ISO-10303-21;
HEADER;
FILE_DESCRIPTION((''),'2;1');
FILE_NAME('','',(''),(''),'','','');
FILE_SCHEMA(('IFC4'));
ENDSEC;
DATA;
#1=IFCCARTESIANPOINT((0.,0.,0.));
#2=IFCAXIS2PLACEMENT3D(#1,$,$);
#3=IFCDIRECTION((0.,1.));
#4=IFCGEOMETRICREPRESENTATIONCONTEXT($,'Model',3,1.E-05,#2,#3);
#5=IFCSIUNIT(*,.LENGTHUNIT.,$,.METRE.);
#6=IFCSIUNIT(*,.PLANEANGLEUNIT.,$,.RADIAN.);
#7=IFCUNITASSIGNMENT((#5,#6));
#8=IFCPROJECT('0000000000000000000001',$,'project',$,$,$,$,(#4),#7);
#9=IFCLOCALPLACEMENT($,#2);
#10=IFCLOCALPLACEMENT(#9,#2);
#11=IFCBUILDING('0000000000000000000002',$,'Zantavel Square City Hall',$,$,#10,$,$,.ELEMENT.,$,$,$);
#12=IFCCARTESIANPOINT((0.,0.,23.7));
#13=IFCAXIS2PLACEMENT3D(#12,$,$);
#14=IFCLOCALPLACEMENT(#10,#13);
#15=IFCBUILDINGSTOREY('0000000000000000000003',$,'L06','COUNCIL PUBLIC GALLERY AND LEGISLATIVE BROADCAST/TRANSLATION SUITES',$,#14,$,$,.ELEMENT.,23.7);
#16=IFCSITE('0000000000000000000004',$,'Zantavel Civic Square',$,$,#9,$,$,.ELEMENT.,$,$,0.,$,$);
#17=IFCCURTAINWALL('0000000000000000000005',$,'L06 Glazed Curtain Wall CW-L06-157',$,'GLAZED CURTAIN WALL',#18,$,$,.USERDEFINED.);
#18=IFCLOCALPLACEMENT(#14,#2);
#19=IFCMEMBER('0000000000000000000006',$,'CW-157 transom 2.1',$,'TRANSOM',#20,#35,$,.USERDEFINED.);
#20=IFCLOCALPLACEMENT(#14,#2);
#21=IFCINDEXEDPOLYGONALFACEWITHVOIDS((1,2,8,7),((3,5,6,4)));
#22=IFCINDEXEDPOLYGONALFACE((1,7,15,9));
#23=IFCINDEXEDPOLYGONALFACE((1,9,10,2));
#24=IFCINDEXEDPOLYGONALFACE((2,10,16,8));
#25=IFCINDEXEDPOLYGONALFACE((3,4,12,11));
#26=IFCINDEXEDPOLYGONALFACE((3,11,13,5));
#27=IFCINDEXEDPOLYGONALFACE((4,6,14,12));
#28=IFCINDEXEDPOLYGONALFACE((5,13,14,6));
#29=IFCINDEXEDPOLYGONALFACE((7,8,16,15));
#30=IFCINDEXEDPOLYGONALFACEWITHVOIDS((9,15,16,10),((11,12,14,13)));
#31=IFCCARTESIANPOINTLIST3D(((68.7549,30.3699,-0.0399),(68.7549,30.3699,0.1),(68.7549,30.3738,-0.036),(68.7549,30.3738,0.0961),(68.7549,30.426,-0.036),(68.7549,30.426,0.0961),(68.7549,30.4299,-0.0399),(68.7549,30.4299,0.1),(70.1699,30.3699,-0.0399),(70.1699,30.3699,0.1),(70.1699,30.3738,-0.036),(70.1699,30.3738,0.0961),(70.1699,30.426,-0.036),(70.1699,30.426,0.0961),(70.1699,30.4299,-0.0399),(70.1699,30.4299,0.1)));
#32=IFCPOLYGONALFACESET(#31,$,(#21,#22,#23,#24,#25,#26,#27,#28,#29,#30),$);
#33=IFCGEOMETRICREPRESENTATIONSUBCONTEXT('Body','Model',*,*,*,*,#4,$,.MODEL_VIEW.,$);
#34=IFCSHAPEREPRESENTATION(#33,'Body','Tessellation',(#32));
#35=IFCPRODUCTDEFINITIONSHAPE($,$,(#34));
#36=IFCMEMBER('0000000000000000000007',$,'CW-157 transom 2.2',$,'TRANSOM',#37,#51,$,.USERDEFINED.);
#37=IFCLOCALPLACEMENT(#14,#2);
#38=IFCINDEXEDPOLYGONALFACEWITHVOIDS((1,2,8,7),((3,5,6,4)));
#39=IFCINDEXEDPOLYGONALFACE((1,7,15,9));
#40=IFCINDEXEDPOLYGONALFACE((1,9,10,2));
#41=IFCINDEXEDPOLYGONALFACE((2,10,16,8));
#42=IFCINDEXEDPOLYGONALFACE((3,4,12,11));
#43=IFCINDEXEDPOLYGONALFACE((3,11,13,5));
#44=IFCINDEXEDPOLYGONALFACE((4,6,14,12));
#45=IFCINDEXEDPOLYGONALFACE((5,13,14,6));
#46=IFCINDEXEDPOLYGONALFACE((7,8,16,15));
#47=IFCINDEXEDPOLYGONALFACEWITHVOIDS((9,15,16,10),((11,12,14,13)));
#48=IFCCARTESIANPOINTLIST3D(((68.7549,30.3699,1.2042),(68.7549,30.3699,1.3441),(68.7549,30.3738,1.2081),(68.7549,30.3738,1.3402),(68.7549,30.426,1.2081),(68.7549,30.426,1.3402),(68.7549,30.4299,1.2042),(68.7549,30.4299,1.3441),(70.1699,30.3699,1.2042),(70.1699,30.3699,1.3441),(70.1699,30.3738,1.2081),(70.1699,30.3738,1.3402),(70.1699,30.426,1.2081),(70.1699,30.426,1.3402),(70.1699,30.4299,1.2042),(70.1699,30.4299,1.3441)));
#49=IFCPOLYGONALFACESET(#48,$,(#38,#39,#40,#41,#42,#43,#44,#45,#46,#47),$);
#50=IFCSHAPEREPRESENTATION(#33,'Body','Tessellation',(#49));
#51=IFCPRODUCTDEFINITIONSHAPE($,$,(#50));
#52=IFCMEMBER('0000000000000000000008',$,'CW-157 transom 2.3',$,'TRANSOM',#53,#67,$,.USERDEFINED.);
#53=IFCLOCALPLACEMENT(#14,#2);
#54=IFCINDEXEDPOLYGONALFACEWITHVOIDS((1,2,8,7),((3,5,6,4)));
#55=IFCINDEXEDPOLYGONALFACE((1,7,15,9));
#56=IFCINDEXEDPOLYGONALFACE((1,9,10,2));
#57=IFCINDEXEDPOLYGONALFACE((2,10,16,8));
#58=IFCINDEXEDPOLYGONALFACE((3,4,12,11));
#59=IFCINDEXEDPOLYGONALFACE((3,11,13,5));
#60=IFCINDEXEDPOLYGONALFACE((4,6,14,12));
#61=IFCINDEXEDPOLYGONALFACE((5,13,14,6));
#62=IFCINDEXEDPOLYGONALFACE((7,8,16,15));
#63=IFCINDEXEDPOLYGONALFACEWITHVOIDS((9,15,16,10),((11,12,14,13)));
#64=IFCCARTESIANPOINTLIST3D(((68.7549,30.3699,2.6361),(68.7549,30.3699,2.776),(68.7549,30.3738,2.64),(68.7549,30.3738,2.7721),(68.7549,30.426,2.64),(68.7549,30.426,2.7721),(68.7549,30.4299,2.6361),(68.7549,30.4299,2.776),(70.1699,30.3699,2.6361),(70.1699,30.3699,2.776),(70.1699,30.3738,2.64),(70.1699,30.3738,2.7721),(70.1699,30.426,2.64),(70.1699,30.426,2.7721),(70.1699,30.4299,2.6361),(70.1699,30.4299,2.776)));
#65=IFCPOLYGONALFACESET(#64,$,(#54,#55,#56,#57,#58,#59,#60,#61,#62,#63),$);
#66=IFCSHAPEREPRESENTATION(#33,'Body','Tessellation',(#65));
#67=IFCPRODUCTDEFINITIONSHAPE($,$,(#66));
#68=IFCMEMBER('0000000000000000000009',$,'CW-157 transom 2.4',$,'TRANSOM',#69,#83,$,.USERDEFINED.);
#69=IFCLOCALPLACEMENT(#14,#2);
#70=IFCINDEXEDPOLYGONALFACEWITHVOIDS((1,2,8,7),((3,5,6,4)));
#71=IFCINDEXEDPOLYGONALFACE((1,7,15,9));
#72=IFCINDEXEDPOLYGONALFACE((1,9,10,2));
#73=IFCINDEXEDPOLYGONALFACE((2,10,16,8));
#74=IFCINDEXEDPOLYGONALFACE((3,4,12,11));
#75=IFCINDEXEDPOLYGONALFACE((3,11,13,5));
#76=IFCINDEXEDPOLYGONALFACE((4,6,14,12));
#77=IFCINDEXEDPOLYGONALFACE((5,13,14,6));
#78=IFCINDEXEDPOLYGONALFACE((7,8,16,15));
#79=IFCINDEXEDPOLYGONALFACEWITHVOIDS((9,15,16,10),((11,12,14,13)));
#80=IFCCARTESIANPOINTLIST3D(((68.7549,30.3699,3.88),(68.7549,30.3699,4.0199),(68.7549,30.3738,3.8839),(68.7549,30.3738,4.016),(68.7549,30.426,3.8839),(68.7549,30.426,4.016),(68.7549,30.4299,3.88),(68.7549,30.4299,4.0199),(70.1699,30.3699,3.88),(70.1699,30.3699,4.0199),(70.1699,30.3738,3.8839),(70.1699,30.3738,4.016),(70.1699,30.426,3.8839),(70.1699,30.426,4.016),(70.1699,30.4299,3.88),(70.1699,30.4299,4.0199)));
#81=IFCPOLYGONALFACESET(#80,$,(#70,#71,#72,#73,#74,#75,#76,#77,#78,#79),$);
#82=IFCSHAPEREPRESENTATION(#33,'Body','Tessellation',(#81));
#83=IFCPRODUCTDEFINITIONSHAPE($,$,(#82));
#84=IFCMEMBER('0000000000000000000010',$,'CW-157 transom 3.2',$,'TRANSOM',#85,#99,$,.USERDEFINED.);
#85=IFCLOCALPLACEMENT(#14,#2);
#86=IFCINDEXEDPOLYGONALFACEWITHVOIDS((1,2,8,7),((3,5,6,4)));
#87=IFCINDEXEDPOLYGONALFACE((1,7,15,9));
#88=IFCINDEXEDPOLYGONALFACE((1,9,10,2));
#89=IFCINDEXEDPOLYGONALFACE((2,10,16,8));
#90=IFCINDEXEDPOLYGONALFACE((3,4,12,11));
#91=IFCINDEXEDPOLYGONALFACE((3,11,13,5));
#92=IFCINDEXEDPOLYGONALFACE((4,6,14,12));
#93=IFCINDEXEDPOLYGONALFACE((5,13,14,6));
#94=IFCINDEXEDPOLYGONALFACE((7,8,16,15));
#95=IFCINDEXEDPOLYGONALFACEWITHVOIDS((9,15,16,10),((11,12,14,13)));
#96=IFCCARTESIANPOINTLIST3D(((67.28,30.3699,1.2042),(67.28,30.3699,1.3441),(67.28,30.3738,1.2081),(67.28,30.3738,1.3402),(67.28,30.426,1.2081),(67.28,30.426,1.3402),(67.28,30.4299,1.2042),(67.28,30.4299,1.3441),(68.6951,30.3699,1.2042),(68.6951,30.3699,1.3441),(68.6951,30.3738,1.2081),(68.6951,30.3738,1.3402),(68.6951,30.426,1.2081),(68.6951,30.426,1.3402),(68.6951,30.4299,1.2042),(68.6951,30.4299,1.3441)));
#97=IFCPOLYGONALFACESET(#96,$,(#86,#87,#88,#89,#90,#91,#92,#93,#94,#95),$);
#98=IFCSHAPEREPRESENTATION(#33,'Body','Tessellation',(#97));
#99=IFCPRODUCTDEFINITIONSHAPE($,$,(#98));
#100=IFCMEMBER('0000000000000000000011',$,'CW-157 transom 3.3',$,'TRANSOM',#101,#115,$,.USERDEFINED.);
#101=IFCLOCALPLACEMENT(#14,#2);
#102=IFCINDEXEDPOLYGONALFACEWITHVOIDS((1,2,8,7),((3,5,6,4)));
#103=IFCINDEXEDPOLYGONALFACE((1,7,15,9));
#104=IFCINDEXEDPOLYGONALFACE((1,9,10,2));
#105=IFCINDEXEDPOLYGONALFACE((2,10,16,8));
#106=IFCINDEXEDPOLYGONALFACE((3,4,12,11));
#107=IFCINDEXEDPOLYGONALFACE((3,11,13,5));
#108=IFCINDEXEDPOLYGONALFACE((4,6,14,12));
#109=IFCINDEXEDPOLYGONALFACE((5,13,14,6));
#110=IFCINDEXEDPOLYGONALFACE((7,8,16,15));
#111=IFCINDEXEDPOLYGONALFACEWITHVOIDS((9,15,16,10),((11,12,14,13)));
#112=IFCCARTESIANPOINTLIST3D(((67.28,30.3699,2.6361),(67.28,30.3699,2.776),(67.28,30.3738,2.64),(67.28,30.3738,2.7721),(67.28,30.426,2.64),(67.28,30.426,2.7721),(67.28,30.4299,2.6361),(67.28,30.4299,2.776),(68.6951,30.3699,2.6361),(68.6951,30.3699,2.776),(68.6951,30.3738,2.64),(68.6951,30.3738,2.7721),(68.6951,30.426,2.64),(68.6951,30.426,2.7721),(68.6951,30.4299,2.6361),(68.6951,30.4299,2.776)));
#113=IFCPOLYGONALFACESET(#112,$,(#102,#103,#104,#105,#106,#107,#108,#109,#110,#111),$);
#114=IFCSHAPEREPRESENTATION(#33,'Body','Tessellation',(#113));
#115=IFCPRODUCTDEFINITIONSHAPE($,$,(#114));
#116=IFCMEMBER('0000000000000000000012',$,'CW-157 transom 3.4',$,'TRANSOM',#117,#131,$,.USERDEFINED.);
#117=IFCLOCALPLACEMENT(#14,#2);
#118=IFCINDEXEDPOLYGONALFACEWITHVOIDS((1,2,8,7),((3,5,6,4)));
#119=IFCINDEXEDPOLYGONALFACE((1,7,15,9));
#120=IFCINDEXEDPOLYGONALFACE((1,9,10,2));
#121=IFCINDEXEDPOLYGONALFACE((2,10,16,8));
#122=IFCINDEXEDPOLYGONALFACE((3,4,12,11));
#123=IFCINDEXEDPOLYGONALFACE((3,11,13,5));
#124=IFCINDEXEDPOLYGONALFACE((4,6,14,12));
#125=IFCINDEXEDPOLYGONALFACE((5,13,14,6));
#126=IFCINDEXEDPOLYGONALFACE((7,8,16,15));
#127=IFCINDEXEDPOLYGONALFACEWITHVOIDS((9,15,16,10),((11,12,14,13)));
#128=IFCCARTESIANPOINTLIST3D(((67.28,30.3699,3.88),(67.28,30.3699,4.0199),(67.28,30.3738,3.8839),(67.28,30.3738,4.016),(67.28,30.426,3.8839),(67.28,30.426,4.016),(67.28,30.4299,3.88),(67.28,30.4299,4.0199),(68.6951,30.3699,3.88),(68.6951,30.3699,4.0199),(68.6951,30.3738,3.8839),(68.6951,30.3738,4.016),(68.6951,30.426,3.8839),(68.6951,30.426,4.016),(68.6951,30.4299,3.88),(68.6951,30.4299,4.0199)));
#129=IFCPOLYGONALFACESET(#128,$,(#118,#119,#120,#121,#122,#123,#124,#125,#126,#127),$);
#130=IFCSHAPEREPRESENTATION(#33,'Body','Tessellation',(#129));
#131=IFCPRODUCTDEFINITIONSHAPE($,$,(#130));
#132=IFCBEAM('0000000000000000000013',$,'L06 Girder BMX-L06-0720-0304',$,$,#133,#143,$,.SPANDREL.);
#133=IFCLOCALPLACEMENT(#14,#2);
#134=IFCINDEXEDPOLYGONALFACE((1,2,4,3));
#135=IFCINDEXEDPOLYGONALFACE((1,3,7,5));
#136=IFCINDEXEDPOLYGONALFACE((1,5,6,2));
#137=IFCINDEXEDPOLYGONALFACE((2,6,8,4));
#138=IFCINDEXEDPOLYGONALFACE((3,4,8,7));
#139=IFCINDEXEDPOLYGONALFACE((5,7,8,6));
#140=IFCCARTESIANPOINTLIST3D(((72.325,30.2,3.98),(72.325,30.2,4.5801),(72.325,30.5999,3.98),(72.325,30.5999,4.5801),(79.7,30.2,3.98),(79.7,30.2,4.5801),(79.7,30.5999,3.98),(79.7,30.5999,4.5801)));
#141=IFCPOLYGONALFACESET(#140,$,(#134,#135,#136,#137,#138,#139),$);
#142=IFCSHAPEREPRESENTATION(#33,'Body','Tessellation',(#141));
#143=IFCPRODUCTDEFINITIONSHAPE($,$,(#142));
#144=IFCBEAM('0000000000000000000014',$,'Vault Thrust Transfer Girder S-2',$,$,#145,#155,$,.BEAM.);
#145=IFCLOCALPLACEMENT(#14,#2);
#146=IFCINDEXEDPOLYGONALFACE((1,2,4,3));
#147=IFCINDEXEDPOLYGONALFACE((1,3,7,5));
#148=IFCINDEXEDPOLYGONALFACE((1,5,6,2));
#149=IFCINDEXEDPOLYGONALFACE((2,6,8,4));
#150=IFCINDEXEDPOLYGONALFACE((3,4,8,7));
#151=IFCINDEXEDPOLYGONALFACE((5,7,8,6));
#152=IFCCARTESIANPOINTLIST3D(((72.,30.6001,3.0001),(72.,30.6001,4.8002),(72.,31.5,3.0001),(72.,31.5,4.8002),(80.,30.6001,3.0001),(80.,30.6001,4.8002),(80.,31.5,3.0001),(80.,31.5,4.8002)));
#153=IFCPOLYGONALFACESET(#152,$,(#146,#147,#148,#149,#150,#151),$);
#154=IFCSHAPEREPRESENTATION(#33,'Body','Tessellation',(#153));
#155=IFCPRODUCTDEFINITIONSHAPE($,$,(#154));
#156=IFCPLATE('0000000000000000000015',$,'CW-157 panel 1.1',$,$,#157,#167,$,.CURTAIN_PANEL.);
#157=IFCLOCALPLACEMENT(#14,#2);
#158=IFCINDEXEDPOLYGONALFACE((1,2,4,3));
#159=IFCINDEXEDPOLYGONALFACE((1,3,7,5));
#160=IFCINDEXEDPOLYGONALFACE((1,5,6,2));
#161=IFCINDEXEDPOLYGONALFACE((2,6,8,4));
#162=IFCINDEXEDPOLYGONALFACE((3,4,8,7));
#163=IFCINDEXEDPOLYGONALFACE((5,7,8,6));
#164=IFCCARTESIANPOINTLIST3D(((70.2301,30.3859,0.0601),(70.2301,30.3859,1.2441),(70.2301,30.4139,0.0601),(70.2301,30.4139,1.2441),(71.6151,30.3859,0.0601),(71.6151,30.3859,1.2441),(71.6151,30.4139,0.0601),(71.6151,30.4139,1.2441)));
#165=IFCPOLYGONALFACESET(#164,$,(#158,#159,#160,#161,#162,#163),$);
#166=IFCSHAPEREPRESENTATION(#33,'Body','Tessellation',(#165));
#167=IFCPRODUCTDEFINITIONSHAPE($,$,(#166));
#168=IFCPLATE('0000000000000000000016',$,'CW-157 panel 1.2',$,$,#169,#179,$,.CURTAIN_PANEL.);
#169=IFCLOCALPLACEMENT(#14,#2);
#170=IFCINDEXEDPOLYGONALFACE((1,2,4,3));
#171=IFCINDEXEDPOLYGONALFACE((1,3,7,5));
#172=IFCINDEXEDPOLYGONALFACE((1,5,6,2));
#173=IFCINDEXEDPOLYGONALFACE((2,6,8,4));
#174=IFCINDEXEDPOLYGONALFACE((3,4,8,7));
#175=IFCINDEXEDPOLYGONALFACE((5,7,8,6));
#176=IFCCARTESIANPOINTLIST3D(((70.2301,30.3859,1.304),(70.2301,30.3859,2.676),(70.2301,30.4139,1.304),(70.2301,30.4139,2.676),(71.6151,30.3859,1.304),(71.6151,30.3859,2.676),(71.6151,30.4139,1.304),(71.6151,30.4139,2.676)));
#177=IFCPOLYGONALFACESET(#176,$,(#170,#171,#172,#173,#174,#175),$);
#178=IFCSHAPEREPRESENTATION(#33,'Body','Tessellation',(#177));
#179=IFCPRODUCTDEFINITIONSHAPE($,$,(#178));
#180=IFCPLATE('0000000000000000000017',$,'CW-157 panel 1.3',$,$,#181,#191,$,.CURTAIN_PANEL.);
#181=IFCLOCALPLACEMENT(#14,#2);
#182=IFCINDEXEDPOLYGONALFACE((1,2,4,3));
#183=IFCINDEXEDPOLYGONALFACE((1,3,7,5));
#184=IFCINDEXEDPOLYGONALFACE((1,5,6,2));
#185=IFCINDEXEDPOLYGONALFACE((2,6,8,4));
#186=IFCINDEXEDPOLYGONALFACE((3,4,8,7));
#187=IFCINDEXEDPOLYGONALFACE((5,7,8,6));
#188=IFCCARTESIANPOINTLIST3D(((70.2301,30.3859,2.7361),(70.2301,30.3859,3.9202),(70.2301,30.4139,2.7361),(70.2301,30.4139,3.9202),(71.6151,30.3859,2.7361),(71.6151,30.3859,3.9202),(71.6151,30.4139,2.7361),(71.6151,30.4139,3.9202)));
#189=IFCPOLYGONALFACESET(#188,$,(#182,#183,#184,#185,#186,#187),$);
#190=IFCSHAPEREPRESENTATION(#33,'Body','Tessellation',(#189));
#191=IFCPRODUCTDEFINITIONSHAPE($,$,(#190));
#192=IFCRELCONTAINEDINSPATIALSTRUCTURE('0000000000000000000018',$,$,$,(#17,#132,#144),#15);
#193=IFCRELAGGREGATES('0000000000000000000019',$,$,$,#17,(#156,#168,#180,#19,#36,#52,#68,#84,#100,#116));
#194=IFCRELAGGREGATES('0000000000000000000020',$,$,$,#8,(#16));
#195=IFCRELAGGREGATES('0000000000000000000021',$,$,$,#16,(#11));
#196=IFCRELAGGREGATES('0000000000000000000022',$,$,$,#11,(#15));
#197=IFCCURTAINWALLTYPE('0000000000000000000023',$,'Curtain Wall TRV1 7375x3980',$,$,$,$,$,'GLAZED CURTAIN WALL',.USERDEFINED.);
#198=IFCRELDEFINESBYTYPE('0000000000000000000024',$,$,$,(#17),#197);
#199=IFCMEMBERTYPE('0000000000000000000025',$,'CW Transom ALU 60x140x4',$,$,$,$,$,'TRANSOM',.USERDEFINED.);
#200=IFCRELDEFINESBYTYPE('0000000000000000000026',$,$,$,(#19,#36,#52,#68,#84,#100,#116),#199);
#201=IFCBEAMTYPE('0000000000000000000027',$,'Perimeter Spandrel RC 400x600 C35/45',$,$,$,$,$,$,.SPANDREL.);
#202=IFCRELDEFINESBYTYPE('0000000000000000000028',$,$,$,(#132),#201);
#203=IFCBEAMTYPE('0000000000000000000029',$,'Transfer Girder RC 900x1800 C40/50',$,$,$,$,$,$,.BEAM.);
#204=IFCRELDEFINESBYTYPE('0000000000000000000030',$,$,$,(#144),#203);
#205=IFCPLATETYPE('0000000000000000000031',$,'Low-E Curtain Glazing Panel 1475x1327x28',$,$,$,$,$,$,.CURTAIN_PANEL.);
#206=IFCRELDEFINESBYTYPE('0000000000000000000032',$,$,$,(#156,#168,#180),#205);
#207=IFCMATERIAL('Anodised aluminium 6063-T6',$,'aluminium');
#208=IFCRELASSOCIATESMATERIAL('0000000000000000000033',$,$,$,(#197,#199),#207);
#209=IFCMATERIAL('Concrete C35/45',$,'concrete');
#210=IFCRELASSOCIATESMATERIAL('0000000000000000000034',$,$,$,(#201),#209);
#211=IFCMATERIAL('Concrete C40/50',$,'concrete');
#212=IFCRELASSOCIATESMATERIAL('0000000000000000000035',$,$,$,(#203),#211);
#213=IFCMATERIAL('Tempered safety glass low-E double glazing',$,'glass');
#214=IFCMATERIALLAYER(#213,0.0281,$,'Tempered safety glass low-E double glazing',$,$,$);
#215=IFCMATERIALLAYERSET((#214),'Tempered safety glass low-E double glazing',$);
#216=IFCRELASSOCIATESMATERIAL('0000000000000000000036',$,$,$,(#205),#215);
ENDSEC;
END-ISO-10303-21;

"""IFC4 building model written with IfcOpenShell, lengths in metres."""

from ifc_helpers import new_model, si_unit, direction, frame, origin, origin_2d, place, context, subcontext, project, spatial, rectangle, hollow_rectangle, extrude, material, layer, layer_set, material_profile, profile_set, type_object, element, aggregate, save


model = new_model("IFC4")

# Units and contexts
model_context = context("Model", 3, precision=1e-05, world=origin(), true_north=direction((0.0, 1.0)))
body_context = subcontext(model_context, "Body", "Model", "MODEL_VIEW")
ifc_project = project(units=[si_unit("LENGTHUNIT", "METRE"), si_unit("PLANEANGLEUNIT", "RADIAN")], contexts=[model_context])

# Site, building, storey
site_placement = place(None, origin())
site = spatial("IfcSite", under=ifc_project, at=site_placement, Name="Zantavel Civic Square", CompositionType="ELEMENT", RefElevation=0.0)
building_placement = place(site_placement, origin())
building = spatial("IfcBuilding", under=site, at=building_placement, Name="Zantavel Square City Hall", CompositionType="ELEMENT")
storey_placement = place(building_placement, frame((0.0, 0.0, 23.7)))
storey = spatial("IfcBuildingStorey", under=building, at=storey_placement, Name="L06", Description="COUNCIL PUBLIC GALLERY AND LEGISLATIVE BROADCAST/TRANSLATION SUITES", CompositionType="ELEMENT", Elevation=23.7)

# Shared definitions
ifc_material_1 = material(Name="Concrete C40/50", Category="concrete")

# Shared definitions
ifc_material_2 = material(Name="Anodised aluminium 6063-T6", Category="aluminium")
curtain_wall_type = type_object("IfcCurtainWallType", Name="Curtain Wall TRV1 7375x3980", ElementType="GLAZED CURTAIN WALL", PredefinedType="USERDEFINED", material=ifc_material_2)

# Curtain wall, members
curtain_wall_1_placement = place(storey_placement, origin())
curtain_wall_1 = element("IfcCurtainWall", 1, at=curtain_wall_1_placement, inside=storey, type_object=curtain_wall_type, Name="L06 Glazed Curtain Wall CW-L06-157", ObjectType="GLAZED CURTAIN WALL", PredefinedType="USERDEFINED")
ifc_material_profile_1 = material_profile(ifc_material_2, hollow_rectangle(XDim=0.0601, YDim=0.1399, WallThickness=0.0039, at=origin_2d()), Name="ALU 60x140x4")
ifc_profile_set_1 = profile_set([ifc_material_profile_1], Name="Anodised aluminium 6063-T6")
member_type_1 = type_object("IfcMemberType", Name="CW Transom ALU 60x140x4", ElementType="TRANSOM", PredefinedType="USERDEFINED", material=ifc_profile_set_1)
member_1_placement = place(storey_placement, frame((70.1699, 30.3999, 0.03), z_axis=(-1.0, 0.0, 0.0), x_axis=(0.0, -1.0, 0.0)))
member_1 = element("IfcMember", 2, at=member_1_placement, type_object=member_type_1, Name="CW-157 transom 2.1", ObjectType="TRANSOM", PredefinedType="USERDEFINED", context=body_context, shape_type="SweptSolid", body=[
    extrude(hollow_rectangle(XDim=0.0601, YDim=0.1399, WallThickness=0.0039, at=origin_2d()), origin(), (0.0, 0.0, 1.0), 1.415),
])
member_2_placement = place(storey_placement, frame((70.1699, 30.3999, 1.2742), z_axis=(-1.0, 0.0, 0.0), x_axis=(0.0, -1.0, 0.0)))
member_2 = element("IfcMember", 3, at=member_2_placement, type_object=member_type_1, Name="CW-157 transom 2.2", ObjectType="TRANSOM", PredefinedType="USERDEFINED", context=body_context, shape_type="SweptSolid", body=[
    extrude(hollow_rectangle(XDim=0.0601, YDim=0.1399, WallThickness=0.0039, at=origin_2d()), origin(), (0.0, 0.0, 1.0), 1.415),
])
member_3_placement = place(storey_placement, frame((70.1699, 30.3999, 2.7061), z_axis=(-1.0, 0.0, 0.0), x_axis=(0.0, -1.0, 0.0)))
member_3 = element("IfcMember", 4, at=member_3_placement, type_object=member_type_1, Name="CW-157 transom 2.3", ObjectType="TRANSOM", PredefinedType="USERDEFINED", context=body_context, shape_type="SweptSolid", body=[
    extrude(hollow_rectangle(XDim=0.0601, YDim=0.1399, WallThickness=0.0039, at=origin_2d()), origin(), (0.0, 0.0, 1.0), 1.415),
])
member_4_placement = place(storey_placement, frame((70.1699, 30.3999, 3.95), z_axis=(-1.0, 0.0, 0.0), x_axis=(0.0, -1.0, 0.0)))
member_4 = element("IfcMember", 5, at=member_4_placement, type_object=member_type_1, Name="CW-157 transom 2.4", ObjectType="TRANSOM", PredefinedType="USERDEFINED", context=body_context, shape_type="SweptSolid", body=[
    extrude(hollow_rectangle(XDim=0.0601, YDim=0.1399, WallThickness=0.0039, at=origin_2d()), origin(), (0.0, 0.0, 1.0), 1.415),
])
member_5_placement = place(storey_placement, frame((68.6951, 30.3999, 1.2742), z_axis=(-1.0, 0.0, 0.0), x_axis=(0.0, -1.0, 0.0)))
member_5 = element("IfcMember", 6, at=member_5_placement, type_object=member_type_1, Name="CW-157 transom 3.2", ObjectType="TRANSOM", PredefinedType="USERDEFINED", context=body_context, shape_type="SweptSolid", body=[
    extrude(hollow_rectangle(XDim=0.0601, YDim=0.1399, WallThickness=0.0039, at=origin_2d()), origin(), (0.0, 0.0, 1.0), 1.415),
])
member_6_placement = place(storey_placement, frame((68.6951, 30.3999, 2.7061), z_axis=(-1.0, 0.0, 0.0), x_axis=(0.0, -1.0, 0.0)))
member_6 = element("IfcMember", 7, at=member_6_placement, type_object=member_type_1, Name="CW-157 transom 3.3", ObjectType="TRANSOM", PredefinedType="USERDEFINED", context=body_context, shape_type="SweptSolid", body=[
    extrude(hollow_rectangle(XDim=0.0601, YDim=0.1399, WallThickness=0.0039, at=origin_2d()), origin(), (0.0, 0.0, 1.0), 1.415),
])
member_7_placement = place(storey_placement, frame((68.6951, 30.3999, 3.95), z_axis=(-1.0, 0.0, 0.0), x_axis=(0.0, -1.0, 0.0)))
member_7 = element("IfcMember", 8, at=member_7_placement, type_object=member_type_1, Name="CW-157 transom 3.4", ObjectType="TRANSOM", PredefinedType="USERDEFINED", context=body_context, shape_type="SweptSolid", body=[
    extrude(hollow_rectangle(XDim=0.0601, YDim=0.1399, WallThickness=0.0039, at=origin_2d()), origin(), (0.0, 0.0, 1.0), 1.415),
])

# Beams
ifc_material_3 = material(Name="Concrete C35/45", Category="concrete")
ifc_material_profile_2 = material_profile(ifc_material_3, rectangle(XDim=0.3999, YDim=0.6001, at=origin_2d()), Name="RC 400x600")
ifc_profile_set_2 = profile_set([ifc_material_profile_2], Name="Concrete C35/45")
beam_type_1 = type_object("IfcBeamType", Name="Perimeter Spandrel RC 400x600 C35/45", PredefinedType="SPANDREL", material=ifc_profile_set_2)
beam_1_placement = place(storey_placement, frame((72.325, 30.3999, 4.28), z_axis=(1.0, 0.0, 0.0), x_axis=(0.0, 1.0, 0.0)))
element("IfcBeam", 9, at=beam_1_placement, inside=storey, type_object=beam_type_1, Name="L06 Girder BMX-L06-0720-0304", PredefinedType="SPANDREL", context=body_context, shape_type="SweptSolid", body=[
    extrude(rectangle(XDim=0.3999, YDim=0.6001, at=origin_2d()), origin(), (0.0, 0.0, 1.0), 7.375),
])
ifc_material_profile_3 = material_profile(ifc_material_1, rectangle(XDim=0.8999, YDim=1.8, at=origin_2d()), Name="RC 900x1800")
ifc_profile_set_3 = profile_set([ifc_material_profile_3], Name="Concrete C40/50")
beam_type_2 = type_object("IfcBeamType", Name="Transfer Girder RC 900x1800 C40/50", PredefinedType="BEAM", material=ifc_profile_set_3)
beam_2_placement = place(storey_placement, frame((72.0, 31.05, 3.9001), z_axis=(1.0, 0.0, 0.0), x_axis=(0.0, 1.0, 0.0)))
element("IfcBeam", 10, at=beam_2_placement, inside=storey, type_object=beam_type_2, Name="Vault Thrust Transfer Girder S-2", PredefinedType="BEAM", context=body_context, shape_type="SweptSolid", body=[
    extrude(rectangle(XDim=0.8999, YDim=1.8, at=origin_2d()), origin(), (0.0, 0.0, 1.0), 8.0),
])

# Plates
ifc_material_4 = material(Name="Tempered safety glass low-E double glazing", Category="glass")
ifc_layer = layer(ifc_material_4, 0.0281, Name="Tempered safety glass low-E double glazing")
ifc_layer_set = layer_set([ifc_layer], Name="Tempered safety glass low-E double glazing")
plate_type = type_object("IfcPlateType", Name="Low-E Curtain Glazing Panel 1475x1327x28", PredefinedType="CURTAIN_PANEL", material=ifc_layer_set)
plate_1_placement = place(storey_placement, frame((70.9226, 30.3999, 0.0601), z_axis=(0.0, 0.0, 1.0), x_axis=(-1.0, 0.0, 0.0)))
plate_1 = element("IfcPlate", 11, at=plate_1_placement, type_object=plate_type, Name="CW-157 panel 1.1", PredefinedType="CURTAIN_PANEL", context=body_context, shape_type="SweptSolid", body=[
    extrude(rectangle(XDim=1.385, YDim=0.0281, at=origin_2d()), origin(), (0.0, 0.0, 1.0), 1.1841),
])
plate_2_placement = place(storey_placement, frame((70.9226, 30.3999, 1.304), z_axis=(0.0, 0.0, 1.0), x_axis=(-1.0, 0.0, 0.0)))
plate_2 = element("IfcPlate", 12, at=plate_2_placement, type_object=plate_type, Name="CW-157 panel 1.2", PredefinedType="CURTAIN_PANEL", context=body_context, shape_type="SweptSolid", body=[
    extrude(rectangle(XDim=1.385, YDim=0.0281, at=origin_2d()), origin(), (0.0, 0.0, 1.0), 1.3721),
])
plate_3_placement = place(storey_placement, frame((70.9226, 30.3999, 2.7361), z_axis=(0.0, 0.0, 1.0), x_axis=(-1.0, 0.0, 0.0)))
plate_3 = element("IfcPlate", 13, at=plate_3_placement, type_object=plate_type, Name="CW-157 panel 1.3", PredefinedType="CURTAIN_PANEL", context=body_context, shape_type="SweptSolid", body=[
    extrude(rectangle(XDim=1.385, YDim=0.0281, at=origin_2d()), origin(), (0.0, 0.0, 1.0), 1.1841),
])
aggregate(curtain_wall_1, [plate_1, plate_2, plate_3, member_1, member_2, member_3, member_4, member_5, member_6, member_7])

save(model, "model.ifc")
